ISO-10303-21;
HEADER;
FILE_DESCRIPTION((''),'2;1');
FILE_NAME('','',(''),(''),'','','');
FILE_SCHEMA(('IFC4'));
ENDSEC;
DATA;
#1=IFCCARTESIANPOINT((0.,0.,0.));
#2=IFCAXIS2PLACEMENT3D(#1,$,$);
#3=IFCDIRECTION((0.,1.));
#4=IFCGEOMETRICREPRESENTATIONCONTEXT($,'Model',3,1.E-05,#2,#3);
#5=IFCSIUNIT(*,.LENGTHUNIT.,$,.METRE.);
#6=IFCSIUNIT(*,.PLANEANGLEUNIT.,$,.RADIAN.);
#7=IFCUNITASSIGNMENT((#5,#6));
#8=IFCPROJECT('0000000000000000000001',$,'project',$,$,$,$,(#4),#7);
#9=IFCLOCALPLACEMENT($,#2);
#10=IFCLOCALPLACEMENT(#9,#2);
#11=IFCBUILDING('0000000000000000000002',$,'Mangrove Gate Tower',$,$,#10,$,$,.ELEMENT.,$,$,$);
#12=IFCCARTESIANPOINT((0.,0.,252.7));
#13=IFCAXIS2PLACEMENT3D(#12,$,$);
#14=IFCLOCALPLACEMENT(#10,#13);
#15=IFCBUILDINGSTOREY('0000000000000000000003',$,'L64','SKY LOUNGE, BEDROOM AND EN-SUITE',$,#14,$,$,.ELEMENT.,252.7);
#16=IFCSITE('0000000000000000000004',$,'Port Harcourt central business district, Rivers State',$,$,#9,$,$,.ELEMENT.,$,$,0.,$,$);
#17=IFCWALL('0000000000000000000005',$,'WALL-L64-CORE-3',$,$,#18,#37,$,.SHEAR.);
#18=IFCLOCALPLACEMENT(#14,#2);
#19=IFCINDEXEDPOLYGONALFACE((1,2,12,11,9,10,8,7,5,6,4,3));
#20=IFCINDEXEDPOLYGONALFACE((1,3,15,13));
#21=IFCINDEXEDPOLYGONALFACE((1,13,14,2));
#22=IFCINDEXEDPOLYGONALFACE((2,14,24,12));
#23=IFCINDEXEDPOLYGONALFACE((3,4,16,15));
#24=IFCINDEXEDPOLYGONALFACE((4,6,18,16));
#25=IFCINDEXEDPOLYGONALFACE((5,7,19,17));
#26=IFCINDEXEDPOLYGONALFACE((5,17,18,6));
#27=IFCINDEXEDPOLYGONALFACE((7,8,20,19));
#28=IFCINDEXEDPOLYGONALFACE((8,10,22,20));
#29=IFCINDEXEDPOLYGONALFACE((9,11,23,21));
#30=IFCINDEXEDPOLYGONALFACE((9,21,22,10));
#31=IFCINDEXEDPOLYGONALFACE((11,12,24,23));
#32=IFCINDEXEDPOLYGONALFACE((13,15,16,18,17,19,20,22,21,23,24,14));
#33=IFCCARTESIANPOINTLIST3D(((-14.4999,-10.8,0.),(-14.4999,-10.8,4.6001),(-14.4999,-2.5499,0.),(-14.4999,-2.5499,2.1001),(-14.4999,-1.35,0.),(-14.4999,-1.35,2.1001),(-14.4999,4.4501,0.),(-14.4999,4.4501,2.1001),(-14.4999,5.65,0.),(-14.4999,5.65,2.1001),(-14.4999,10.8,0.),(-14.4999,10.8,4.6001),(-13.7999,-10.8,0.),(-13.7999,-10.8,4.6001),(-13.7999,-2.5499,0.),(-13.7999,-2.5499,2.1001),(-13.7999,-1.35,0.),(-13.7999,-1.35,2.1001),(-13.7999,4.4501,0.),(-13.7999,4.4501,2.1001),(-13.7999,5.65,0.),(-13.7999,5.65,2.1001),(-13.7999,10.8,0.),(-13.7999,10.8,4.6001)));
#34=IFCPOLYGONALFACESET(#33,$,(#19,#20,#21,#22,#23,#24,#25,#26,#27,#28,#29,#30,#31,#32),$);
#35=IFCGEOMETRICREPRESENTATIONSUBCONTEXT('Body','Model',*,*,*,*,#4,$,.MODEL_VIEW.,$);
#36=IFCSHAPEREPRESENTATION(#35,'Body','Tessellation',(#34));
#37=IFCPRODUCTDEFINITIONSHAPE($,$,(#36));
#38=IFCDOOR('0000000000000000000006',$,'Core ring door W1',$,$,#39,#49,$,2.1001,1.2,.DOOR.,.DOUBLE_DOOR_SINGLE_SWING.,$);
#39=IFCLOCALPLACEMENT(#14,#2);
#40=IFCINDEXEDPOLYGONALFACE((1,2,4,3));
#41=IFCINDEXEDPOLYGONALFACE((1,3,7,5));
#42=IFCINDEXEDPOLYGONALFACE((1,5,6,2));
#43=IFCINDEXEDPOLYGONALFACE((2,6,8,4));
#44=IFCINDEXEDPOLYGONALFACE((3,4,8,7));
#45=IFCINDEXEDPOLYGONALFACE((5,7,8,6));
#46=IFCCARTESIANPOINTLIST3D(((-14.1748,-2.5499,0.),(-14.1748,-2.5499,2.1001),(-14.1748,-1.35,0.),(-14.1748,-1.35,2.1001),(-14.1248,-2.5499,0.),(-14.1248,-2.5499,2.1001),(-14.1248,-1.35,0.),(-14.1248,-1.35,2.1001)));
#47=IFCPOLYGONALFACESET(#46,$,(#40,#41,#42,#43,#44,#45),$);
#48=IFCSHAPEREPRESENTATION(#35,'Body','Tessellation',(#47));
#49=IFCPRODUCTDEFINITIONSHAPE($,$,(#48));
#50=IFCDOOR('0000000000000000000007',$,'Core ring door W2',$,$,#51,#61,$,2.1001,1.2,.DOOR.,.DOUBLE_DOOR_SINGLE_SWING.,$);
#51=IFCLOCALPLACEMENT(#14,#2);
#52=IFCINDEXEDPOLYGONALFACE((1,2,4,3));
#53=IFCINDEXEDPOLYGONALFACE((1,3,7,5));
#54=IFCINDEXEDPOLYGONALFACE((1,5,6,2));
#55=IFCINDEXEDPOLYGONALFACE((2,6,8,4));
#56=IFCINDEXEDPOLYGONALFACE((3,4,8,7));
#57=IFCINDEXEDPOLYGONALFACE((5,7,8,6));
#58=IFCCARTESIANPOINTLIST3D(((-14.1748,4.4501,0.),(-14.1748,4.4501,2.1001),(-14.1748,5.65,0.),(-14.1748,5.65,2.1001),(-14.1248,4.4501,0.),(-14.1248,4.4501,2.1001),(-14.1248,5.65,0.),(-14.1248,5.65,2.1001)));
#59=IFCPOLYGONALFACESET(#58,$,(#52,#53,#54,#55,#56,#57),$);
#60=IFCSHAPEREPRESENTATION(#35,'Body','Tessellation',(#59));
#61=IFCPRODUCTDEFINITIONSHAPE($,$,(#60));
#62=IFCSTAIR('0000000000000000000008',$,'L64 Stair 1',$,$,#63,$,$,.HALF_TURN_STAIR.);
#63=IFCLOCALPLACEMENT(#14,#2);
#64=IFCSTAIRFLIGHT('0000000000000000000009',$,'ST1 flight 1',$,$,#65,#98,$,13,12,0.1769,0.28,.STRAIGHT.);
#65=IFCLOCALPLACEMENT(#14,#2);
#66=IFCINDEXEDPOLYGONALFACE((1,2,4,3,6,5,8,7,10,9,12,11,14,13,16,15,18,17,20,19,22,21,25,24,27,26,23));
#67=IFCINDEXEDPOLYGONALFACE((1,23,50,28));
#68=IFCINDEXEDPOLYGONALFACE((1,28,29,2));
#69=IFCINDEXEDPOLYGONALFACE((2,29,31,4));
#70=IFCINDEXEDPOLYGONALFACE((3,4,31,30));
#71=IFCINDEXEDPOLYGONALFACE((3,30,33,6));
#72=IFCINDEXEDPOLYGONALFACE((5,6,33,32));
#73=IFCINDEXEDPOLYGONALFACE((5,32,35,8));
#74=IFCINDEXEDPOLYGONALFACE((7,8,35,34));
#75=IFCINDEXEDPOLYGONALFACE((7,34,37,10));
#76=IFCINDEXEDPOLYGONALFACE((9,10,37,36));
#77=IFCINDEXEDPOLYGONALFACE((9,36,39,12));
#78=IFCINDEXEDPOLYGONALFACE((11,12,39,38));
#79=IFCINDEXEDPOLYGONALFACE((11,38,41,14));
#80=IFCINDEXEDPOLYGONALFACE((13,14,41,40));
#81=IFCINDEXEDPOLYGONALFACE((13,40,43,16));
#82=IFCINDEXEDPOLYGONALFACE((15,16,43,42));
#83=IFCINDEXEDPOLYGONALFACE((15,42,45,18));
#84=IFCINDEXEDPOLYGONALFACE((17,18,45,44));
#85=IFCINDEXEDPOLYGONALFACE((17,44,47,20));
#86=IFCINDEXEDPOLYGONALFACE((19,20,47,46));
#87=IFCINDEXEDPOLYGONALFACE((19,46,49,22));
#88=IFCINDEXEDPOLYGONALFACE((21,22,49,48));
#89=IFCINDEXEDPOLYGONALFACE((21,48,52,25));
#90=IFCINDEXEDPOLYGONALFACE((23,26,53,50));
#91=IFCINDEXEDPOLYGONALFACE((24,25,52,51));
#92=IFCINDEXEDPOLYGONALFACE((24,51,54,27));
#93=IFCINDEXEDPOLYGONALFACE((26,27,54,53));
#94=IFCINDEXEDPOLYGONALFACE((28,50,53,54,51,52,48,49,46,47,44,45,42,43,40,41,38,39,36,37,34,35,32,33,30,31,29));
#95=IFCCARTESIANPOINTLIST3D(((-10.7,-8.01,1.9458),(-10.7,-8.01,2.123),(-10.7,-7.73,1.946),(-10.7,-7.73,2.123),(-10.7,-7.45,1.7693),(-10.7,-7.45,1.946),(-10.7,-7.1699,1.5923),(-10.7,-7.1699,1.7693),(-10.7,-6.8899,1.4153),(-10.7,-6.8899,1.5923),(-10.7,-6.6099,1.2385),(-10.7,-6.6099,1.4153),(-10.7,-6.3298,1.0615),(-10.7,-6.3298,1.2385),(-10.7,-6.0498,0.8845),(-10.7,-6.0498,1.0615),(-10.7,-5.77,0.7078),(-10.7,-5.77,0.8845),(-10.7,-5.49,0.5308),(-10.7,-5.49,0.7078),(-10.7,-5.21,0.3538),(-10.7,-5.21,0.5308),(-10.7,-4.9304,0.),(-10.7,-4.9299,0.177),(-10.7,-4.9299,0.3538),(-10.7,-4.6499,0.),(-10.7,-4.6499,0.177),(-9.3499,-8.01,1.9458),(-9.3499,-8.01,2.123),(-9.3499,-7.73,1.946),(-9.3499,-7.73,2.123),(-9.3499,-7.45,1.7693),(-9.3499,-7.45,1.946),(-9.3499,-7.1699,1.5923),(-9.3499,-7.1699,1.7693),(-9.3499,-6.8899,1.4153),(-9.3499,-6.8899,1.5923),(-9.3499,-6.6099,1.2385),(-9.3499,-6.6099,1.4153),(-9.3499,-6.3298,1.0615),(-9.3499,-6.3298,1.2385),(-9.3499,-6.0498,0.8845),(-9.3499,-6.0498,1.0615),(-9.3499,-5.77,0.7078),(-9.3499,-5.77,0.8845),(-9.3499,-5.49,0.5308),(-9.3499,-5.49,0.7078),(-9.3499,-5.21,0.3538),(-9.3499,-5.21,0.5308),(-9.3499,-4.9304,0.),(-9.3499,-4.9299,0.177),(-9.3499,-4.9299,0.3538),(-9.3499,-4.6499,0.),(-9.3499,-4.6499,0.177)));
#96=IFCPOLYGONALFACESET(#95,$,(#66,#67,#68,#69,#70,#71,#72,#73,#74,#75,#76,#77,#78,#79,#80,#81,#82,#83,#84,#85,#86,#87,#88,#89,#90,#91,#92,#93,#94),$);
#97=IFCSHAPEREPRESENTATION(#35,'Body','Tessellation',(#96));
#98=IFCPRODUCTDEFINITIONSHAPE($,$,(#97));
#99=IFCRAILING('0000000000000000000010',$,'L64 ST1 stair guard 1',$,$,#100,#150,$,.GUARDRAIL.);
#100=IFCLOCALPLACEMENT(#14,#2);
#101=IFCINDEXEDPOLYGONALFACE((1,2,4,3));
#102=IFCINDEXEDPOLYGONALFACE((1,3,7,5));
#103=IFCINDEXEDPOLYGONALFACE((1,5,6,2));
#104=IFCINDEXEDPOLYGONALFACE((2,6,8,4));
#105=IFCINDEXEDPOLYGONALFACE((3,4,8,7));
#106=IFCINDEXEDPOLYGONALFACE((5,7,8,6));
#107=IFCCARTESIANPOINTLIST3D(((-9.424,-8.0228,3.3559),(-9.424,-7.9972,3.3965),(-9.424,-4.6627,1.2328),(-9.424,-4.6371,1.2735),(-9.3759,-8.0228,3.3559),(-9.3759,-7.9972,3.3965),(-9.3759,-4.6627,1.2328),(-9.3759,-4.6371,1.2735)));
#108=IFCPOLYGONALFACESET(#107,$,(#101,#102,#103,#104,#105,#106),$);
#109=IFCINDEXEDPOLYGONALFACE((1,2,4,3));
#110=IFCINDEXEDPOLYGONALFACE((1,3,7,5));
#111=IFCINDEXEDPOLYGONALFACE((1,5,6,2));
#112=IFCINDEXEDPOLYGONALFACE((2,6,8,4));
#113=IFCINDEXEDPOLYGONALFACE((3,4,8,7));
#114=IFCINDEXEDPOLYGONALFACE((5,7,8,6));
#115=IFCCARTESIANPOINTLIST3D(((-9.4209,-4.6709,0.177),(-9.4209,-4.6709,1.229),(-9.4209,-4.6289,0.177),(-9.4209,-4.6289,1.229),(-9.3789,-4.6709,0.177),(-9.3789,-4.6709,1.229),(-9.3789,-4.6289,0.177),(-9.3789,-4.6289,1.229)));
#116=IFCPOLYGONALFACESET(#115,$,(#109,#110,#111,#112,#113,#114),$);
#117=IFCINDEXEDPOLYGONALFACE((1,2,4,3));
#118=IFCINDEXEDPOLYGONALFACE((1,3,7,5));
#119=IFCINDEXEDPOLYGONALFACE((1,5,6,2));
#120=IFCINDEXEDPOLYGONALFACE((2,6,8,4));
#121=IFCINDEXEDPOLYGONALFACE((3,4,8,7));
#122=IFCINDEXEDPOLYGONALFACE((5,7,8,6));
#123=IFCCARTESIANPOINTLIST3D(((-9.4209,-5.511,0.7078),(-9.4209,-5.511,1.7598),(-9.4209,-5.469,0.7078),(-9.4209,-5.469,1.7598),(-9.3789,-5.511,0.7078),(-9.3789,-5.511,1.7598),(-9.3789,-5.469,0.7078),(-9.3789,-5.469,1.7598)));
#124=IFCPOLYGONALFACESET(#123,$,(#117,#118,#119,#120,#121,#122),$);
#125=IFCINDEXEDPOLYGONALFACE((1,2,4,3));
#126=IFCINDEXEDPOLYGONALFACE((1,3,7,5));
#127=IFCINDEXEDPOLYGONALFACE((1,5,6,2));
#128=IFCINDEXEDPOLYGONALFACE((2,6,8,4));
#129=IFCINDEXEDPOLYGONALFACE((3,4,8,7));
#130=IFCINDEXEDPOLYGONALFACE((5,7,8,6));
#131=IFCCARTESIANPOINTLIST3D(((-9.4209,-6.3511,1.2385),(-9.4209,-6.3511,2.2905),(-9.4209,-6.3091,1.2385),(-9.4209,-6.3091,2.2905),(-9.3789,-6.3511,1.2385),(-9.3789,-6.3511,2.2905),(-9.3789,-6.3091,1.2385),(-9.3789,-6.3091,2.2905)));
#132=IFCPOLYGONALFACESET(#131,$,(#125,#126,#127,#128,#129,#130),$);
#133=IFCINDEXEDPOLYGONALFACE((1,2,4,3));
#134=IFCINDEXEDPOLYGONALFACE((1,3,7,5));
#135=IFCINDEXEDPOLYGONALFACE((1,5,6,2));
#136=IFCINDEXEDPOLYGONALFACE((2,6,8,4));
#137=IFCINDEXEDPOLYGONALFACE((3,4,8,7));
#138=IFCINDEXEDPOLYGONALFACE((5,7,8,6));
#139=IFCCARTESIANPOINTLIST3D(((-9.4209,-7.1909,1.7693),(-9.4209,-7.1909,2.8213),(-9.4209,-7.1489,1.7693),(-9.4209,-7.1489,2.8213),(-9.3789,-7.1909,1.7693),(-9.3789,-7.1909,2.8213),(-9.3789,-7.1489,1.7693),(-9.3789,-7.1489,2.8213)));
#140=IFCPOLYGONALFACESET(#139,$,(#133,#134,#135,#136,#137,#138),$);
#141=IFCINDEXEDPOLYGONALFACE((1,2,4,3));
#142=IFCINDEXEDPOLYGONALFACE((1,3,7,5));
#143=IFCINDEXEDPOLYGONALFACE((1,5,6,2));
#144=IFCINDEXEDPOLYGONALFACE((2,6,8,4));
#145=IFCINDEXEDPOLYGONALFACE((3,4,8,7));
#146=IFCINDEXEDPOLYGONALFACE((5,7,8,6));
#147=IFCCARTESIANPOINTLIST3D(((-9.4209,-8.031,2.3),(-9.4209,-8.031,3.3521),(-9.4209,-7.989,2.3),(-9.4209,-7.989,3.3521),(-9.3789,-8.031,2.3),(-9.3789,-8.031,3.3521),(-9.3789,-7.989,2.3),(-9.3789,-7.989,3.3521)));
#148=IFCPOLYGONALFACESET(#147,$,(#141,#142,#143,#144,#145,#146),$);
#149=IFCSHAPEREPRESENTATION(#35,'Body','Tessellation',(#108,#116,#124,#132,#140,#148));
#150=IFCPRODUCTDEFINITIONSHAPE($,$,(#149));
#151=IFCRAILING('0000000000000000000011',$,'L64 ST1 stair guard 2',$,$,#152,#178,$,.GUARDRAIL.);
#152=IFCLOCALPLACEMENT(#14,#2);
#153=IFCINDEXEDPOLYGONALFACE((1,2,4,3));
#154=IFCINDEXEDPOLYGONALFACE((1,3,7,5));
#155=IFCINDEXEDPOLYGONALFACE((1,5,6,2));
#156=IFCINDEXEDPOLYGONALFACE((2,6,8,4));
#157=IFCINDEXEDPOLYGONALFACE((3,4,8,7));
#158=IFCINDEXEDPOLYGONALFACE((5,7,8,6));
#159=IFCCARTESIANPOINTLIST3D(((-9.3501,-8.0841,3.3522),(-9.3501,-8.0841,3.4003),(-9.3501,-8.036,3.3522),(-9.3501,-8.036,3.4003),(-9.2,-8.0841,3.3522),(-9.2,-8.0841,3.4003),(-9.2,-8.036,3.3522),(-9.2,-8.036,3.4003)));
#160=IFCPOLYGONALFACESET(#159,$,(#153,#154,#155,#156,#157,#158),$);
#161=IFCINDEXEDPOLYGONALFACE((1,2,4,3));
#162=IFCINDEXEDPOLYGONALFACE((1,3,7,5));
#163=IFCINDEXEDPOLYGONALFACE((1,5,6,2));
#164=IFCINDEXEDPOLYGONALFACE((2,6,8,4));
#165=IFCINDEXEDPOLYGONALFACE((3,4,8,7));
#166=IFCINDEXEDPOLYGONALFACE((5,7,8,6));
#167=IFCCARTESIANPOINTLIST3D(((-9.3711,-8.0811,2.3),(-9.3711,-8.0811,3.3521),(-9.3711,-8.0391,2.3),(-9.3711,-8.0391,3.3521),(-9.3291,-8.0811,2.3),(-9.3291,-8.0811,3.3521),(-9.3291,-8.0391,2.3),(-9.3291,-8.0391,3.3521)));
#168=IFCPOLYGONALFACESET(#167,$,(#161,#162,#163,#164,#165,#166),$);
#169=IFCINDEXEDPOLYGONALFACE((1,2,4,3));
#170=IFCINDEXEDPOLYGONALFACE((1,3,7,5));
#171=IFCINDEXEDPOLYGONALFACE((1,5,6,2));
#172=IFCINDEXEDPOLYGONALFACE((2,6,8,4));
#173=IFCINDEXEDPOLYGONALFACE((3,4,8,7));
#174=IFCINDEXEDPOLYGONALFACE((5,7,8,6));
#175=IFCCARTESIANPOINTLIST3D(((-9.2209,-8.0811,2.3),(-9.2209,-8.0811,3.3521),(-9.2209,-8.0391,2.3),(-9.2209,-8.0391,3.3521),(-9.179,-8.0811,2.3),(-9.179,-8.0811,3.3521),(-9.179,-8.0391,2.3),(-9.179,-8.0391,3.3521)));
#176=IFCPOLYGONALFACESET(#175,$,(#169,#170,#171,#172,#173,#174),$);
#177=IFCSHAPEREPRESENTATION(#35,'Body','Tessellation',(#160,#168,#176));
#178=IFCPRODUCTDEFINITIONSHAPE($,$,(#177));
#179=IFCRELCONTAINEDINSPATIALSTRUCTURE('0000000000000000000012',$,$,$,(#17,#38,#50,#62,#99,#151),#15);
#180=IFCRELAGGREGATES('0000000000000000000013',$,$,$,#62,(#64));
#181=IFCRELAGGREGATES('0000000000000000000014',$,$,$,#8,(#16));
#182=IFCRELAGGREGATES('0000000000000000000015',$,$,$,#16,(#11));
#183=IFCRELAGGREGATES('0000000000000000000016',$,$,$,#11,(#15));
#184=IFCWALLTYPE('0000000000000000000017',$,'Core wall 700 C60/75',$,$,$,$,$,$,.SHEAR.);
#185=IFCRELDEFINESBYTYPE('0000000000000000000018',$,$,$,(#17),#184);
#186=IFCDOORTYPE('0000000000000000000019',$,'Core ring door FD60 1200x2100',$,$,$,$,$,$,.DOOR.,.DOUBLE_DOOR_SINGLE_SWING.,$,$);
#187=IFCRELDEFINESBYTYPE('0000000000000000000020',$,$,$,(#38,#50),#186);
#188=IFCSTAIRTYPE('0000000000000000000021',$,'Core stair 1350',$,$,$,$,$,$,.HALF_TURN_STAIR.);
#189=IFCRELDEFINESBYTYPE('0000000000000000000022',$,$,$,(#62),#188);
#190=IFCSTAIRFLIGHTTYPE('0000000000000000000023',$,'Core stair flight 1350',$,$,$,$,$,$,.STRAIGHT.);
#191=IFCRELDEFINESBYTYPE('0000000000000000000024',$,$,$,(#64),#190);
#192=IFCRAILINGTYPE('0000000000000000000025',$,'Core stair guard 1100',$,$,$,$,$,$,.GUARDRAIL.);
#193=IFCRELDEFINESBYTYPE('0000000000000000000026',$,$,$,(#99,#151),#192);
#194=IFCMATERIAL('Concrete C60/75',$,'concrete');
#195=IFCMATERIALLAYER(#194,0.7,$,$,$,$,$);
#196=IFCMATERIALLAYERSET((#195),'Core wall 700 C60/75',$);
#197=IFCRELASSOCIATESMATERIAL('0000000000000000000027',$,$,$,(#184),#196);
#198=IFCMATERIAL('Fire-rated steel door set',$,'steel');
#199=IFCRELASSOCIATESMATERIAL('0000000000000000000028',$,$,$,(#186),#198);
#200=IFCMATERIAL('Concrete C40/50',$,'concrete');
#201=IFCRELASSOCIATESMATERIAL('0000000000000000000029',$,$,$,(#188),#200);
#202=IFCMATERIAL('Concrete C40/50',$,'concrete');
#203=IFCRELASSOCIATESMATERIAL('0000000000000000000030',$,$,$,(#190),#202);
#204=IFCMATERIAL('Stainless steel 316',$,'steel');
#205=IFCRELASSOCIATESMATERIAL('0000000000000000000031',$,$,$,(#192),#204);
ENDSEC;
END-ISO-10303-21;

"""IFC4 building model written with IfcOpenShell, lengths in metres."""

from ifc_helpers import new_model, si_unit, direction, frame, frame_2d, origin, origin_2d, place, context, subcontext, project, spatial, polyline, rectangle, outline, extrude, material, layer, layer_set, type_object, element, fill, aggregate, save


model = new_model("IFC4")

# Units and contexts
model_context = context("Model", 3, precision=1e-05, world=origin(), true_north=direction((0.0, 1.0)))
body_context = subcontext(model_context, "Body", "Model", "MODEL_VIEW")
ifc_project = project(units=[si_unit("LENGTHUNIT", "METRE"), si_unit("PLANEANGLEUNIT", "RADIAN")], contexts=[model_context])

# Site, building, storey
site_placement = place(None, origin())
site = spatial("IfcSite", under=ifc_project, at=site_placement, Name="Port Harcourt central business district, Rivers State", CompositionType="ELEMENT", RefElevation=0.0)
building_placement = place(site_placement, origin())
building = spatial("IfcBuilding", under=site, at=building_placement, Name="Mangrove Gate Tower", CompositionType="ELEMENT")
storey_placement = place(building_placement, frame((0.0, 0.0, 252.7)))
storey = spatial("IfcBuildingStorey", under=building, at=storey_placement, Name="L64", Description="SKY LOUNGE, BEDROOM AND EN-SUITE", CompositionType="ELEMENT", Elevation=252.7)

# Shared definitions
ifc_material_1 = material(Name="Concrete C60/75", Category="concrete")
ifc_layer_1 = layer(ifc_material_1, 0.7)
ifc_layer_set_1 = layer_set([ifc_layer_1], Name="Core wall 700 C60/75")
wall_type_1 = type_object("IfcWallType", Name="Core wall 700 C60/75", PredefinedType="SHEAR", material=ifc_layer_set_1)

# Wall, openings, doors
wall_1_placement = place(storey_placement, frame((-14.1499, -10.8, 0.0), z_axis=(0.0, 0.0, 1.0), x_axis=(0.0, 1.0, 0.0)))
wall_1 = element("IfcWall", 1, at=wall_1_placement, inside=storey, type_object=wall_type_1, Name="WALL-L64-CORE-3", PredefinedType="SHEAR", context=body_context, shape_type="SweptSolid", body=[
    extrude(rectangle(XDim=21.6001, YDim=0.7, at=frame_2d((10.8, 0.0))), origin(), (0.0, 0.0, 1.0), 4.6001),
])
opening_1_placement = place(wall_1_placement, frame((8.25, 0.0, 0.0)))
opening_1 = element("IfcOpeningElement", 2, at=opening_1_placement, cuts=wall_1, PredefinedType="OPENING", context=body_context, shape_type="SweptSolid", body=[
    extrude(rectangle(XDim=1.2, YDim=2.1001, at=frame_2d((0.6001, 1.05))), frame((0.0, 0.3599, 0.0), z_axis=(0.0, -1.0, 0.0), x_axis=(1.0, 0.0, 0.0)), (0.0, 0.0, 1.0), 0.72),
])
opening_2_placement = place(wall_1_placement, frame((15.25, 0.0, 0.0)))
opening_2 = element("IfcOpeningElement", 3, at=opening_2_placement, cuts=wall_1, PredefinedType="OPENING", context=body_context, shape_type="SweptSolid", body=[
    extrude(rectangle(XDim=1.2, YDim=2.1001, at=frame_2d((0.6001, 1.05))), frame((0.0, 0.3599, 0.0), z_axis=(0.0, -1.0, 0.0), x_axis=(1.0, 0.0, 0.0)), (0.0, 0.0, 1.0), 0.72),
])
ifc_material_2 = material(Name="Fire-rated steel door set", Category="steel")
door_type_1 = type_object("IfcDoorType", Name="Core ring door FD60 1200x2100", OperationType="DOUBLE_DOOR_SINGLE_SWING", PredefinedType="DOOR", material=ifc_material_2)
door_1_placement = place(opening_1_placement, origin())
door_1 = element("IfcDoor", 4, at=door_1_placement, inside=storey, type_object=door_type_1, Name="Core ring door W1", OperationType="DOUBLE_DOOR_SINGLE_SWING", OverallHeight=2.1001, OverallWidth=1.2, PredefinedType="DOOR", context=body_context, shape_type="SweptSolid", body=[
    extrude(rectangle(XDim=1.2, YDim=2.1001, at=frame_2d((0.6001, 1.05))), frame((0.0, 0.0249, 0.0), z_axis=(0.0, -1.0, 0.0), x_axis=(1.0, 0.0, 0.0)), (0.0, 0.0, 1.0), 0.05),
])
fill(opening_1, door_1)
door_2_placement = place(opening_2_placement, origin())
door_2 = element("IfcDoor", 5, at=door_2_placement, inside=storey, type_object=door_type_1, Name="Core ring door W2", OperationType="DOUBLE_DOOR_SINGLE_SWING", OverallHeight=2.1001, OverallWidth=1.2, PredefinedType="DOOR", context=body_context, shape_type="SweptSolid", body=[
    extrude(rectangle(XDim=1.2, YDim=2.1001, at=frame_2d((0.6001, 1.05))), frame((0.0, 0.0249, 0.0), z_axis=(0.0, -1.0, 0.0), x_axis=(1.0, 0.0, 0.0)), (0.0, 0.0, 1.0), 0.05),
])
fill(opening_2, door_2)

# Stair, stair flight
ifc_material_3 = material(Name="Concrete C40/50", Category="concrete")
stair_type = type_object("IfcStairType", Name="Core stair 1350", PredefinedType="HALF_TURN_STAIR", material=ifc_material_3)
stair_placement = place(storey_placement, origin())
stair = element("IfcStair", 6, at=stair_placement, inside=storey, type_object=stair_type, Name="L64 Stair 1", PredefinedType="HALF_TURN_STAIR")
ifc_material_4 = material(Name="Concrete C40/50", Category="concrete")
stair_flight_type = type_object("IfcStairFlightType", Name="Core stair flight 1350", PredefinedType="STRAIGHT", material=ifc_material_4)
stair_flight_placement = place(storey_placement, frame((-10.0249, -4.6499, 0.0), z_axis=(0.0, 0.0, 1.0), x_axis=(0.0, -1.0, 0.0)))
stair_flight = element("IfcStairFlight", 7, at=stair_flight_placement, type_object=stair_flight_type, Name="ST1 flight 1", NumberOfRisers=13, NumberOfTreads=12, PredefinedType="STRAIGHT", RiserHeight=0.1769, TreadLength=0.28, context=body_context, shape_type="SweptSolid", body=[
    extrude(outline(polyline([(0.0, 0.0), (0.0, 0.177), (0.28, 0.177), (0.28, 0.3538), (0.5601, 0.3538), (0.5601, 0.5308), (0.8401, 0.5308), (0.8401, 0.7078), (1.1201, 0.7078), (1.1201, 0.8845), (1.3999, 0.8845), (1.3999, 1.0615), (1.6799, 1.0615), (1.6799, 1.2385), (1.96, 1.2385), (1.96, 1.4153), (2.24, 1.4153), (2.24, 1.5923), (2.52, 1.5923), (2.52, 1.7693), (2.8, 1.7693), (2.8, 1.946), (3.0801, 1.946), (3.0801, 2.123), (3.3601, 2.123), (3.3601, 2.3), (3.3601, 1.9458), (0.2805, 0.0), (0.0, 0.0)])), frame((0.0, 0.675, 0.0), z_axis=(0.0, -1.0, 0.0), x_axis=(1.0, 0.0, 0.0)), (0.0, 0.0, 1.0), 1.3501),
])
aggregate(stair, [stair_flight])

# Railings
ifc_material_5 = material(Name="Stainless steel 316", Category="steel")
railing_type_1 = type_object("IfcRailingType", Name="Core stair guard 1100", PredefinedType="GUARDRAIL", material=ifc_material_5)
railing_1_placement = place(storey_placement, frame((-9.3999, -4.6499, 0.177)))
element("IfcRailing", 8, at=railing_1_placement, inside=storey, type_object=railing_type_1, Name="L64 ST1 stair guard 1", PredefinedType="GUARDRAIL", context=body_context, shape_type="SweptSolid", body=[
    extrude(rectangle(XDim=0.0481, YDim=0.0481, at=origin_2d()), frame((0.0, 0.0, 1.0762), z_axis=(0.0, -0.84539, 0.53415), x_axis=(1.0, 0.0, 0.0)), (0.0, 0.0, 1.0), 3.9746),
    extrude(rectangle(XDim=0.042, YDim=0.042, at=origin_2d()), origin(), (0.0, 0.0, 1.0), 1.052),
    extrude(rectangle(XDim=0.042, YDim=0.042, at=origin_2d()), frame((0.0, -0.8401, 0.5308)), (0.0, 0.0, 1.0), 1.052),
    extrude(rectangle(XDim=0.042, YDim=0.042, at=origin_2d()), frame((0.0, -1.6802, 1.0615)), (0.0, 0.0, 1.0), 1.052),
    extrude(rectangle(XDim=0.042, YDim=0.042, at=origin_2d()), frame((0.0, -2.52, 1.5923)), (0.0, 0.0, 1.0), 1.052),
    extrude(rectangle(XDim=0.042, YDim=0.042, at=origin_2d()), frame((0.0, -3.3601, 2.123)), (0.0, 0.0, 1.0), 1.052),
])
railing_2_placement = place(storey_placement, frame((-9.3501, -8.0601, 2.3)))
element("IfcRailing", 9, at=railing_2_placement, inside=storey, type_object=railing_type_1, Name="L64 ST1 stair guard 2", PredefinedType="GUARDRAIL", context=body_context, shape_type="SweptSolid", body=[
    extrude(rectangle(XDim=0.0481, YDim=0.0481, at=origin_2d()), frame((0.0, 0.0, 1.0762), z_axis=(1.0, 0.0, 0.0), x_axis=(0.0, 1.0, 0.0)), (0.0, 0.0, 1.0), 0.1501),
    extrude(rectangle(XDim=0.042, YDim=0.042, at=origin_2d()), origin(), (0.0, 0.0, 1.0), 1.052),
    extrude(rectangle(XDim=0.042, YDim=0.042, at=origin_2d()), frame((0.1501, 0.0, 0.0)), (0.0, 0.0, 1.0), 1.052),
])

save(model, "model.ifc")
